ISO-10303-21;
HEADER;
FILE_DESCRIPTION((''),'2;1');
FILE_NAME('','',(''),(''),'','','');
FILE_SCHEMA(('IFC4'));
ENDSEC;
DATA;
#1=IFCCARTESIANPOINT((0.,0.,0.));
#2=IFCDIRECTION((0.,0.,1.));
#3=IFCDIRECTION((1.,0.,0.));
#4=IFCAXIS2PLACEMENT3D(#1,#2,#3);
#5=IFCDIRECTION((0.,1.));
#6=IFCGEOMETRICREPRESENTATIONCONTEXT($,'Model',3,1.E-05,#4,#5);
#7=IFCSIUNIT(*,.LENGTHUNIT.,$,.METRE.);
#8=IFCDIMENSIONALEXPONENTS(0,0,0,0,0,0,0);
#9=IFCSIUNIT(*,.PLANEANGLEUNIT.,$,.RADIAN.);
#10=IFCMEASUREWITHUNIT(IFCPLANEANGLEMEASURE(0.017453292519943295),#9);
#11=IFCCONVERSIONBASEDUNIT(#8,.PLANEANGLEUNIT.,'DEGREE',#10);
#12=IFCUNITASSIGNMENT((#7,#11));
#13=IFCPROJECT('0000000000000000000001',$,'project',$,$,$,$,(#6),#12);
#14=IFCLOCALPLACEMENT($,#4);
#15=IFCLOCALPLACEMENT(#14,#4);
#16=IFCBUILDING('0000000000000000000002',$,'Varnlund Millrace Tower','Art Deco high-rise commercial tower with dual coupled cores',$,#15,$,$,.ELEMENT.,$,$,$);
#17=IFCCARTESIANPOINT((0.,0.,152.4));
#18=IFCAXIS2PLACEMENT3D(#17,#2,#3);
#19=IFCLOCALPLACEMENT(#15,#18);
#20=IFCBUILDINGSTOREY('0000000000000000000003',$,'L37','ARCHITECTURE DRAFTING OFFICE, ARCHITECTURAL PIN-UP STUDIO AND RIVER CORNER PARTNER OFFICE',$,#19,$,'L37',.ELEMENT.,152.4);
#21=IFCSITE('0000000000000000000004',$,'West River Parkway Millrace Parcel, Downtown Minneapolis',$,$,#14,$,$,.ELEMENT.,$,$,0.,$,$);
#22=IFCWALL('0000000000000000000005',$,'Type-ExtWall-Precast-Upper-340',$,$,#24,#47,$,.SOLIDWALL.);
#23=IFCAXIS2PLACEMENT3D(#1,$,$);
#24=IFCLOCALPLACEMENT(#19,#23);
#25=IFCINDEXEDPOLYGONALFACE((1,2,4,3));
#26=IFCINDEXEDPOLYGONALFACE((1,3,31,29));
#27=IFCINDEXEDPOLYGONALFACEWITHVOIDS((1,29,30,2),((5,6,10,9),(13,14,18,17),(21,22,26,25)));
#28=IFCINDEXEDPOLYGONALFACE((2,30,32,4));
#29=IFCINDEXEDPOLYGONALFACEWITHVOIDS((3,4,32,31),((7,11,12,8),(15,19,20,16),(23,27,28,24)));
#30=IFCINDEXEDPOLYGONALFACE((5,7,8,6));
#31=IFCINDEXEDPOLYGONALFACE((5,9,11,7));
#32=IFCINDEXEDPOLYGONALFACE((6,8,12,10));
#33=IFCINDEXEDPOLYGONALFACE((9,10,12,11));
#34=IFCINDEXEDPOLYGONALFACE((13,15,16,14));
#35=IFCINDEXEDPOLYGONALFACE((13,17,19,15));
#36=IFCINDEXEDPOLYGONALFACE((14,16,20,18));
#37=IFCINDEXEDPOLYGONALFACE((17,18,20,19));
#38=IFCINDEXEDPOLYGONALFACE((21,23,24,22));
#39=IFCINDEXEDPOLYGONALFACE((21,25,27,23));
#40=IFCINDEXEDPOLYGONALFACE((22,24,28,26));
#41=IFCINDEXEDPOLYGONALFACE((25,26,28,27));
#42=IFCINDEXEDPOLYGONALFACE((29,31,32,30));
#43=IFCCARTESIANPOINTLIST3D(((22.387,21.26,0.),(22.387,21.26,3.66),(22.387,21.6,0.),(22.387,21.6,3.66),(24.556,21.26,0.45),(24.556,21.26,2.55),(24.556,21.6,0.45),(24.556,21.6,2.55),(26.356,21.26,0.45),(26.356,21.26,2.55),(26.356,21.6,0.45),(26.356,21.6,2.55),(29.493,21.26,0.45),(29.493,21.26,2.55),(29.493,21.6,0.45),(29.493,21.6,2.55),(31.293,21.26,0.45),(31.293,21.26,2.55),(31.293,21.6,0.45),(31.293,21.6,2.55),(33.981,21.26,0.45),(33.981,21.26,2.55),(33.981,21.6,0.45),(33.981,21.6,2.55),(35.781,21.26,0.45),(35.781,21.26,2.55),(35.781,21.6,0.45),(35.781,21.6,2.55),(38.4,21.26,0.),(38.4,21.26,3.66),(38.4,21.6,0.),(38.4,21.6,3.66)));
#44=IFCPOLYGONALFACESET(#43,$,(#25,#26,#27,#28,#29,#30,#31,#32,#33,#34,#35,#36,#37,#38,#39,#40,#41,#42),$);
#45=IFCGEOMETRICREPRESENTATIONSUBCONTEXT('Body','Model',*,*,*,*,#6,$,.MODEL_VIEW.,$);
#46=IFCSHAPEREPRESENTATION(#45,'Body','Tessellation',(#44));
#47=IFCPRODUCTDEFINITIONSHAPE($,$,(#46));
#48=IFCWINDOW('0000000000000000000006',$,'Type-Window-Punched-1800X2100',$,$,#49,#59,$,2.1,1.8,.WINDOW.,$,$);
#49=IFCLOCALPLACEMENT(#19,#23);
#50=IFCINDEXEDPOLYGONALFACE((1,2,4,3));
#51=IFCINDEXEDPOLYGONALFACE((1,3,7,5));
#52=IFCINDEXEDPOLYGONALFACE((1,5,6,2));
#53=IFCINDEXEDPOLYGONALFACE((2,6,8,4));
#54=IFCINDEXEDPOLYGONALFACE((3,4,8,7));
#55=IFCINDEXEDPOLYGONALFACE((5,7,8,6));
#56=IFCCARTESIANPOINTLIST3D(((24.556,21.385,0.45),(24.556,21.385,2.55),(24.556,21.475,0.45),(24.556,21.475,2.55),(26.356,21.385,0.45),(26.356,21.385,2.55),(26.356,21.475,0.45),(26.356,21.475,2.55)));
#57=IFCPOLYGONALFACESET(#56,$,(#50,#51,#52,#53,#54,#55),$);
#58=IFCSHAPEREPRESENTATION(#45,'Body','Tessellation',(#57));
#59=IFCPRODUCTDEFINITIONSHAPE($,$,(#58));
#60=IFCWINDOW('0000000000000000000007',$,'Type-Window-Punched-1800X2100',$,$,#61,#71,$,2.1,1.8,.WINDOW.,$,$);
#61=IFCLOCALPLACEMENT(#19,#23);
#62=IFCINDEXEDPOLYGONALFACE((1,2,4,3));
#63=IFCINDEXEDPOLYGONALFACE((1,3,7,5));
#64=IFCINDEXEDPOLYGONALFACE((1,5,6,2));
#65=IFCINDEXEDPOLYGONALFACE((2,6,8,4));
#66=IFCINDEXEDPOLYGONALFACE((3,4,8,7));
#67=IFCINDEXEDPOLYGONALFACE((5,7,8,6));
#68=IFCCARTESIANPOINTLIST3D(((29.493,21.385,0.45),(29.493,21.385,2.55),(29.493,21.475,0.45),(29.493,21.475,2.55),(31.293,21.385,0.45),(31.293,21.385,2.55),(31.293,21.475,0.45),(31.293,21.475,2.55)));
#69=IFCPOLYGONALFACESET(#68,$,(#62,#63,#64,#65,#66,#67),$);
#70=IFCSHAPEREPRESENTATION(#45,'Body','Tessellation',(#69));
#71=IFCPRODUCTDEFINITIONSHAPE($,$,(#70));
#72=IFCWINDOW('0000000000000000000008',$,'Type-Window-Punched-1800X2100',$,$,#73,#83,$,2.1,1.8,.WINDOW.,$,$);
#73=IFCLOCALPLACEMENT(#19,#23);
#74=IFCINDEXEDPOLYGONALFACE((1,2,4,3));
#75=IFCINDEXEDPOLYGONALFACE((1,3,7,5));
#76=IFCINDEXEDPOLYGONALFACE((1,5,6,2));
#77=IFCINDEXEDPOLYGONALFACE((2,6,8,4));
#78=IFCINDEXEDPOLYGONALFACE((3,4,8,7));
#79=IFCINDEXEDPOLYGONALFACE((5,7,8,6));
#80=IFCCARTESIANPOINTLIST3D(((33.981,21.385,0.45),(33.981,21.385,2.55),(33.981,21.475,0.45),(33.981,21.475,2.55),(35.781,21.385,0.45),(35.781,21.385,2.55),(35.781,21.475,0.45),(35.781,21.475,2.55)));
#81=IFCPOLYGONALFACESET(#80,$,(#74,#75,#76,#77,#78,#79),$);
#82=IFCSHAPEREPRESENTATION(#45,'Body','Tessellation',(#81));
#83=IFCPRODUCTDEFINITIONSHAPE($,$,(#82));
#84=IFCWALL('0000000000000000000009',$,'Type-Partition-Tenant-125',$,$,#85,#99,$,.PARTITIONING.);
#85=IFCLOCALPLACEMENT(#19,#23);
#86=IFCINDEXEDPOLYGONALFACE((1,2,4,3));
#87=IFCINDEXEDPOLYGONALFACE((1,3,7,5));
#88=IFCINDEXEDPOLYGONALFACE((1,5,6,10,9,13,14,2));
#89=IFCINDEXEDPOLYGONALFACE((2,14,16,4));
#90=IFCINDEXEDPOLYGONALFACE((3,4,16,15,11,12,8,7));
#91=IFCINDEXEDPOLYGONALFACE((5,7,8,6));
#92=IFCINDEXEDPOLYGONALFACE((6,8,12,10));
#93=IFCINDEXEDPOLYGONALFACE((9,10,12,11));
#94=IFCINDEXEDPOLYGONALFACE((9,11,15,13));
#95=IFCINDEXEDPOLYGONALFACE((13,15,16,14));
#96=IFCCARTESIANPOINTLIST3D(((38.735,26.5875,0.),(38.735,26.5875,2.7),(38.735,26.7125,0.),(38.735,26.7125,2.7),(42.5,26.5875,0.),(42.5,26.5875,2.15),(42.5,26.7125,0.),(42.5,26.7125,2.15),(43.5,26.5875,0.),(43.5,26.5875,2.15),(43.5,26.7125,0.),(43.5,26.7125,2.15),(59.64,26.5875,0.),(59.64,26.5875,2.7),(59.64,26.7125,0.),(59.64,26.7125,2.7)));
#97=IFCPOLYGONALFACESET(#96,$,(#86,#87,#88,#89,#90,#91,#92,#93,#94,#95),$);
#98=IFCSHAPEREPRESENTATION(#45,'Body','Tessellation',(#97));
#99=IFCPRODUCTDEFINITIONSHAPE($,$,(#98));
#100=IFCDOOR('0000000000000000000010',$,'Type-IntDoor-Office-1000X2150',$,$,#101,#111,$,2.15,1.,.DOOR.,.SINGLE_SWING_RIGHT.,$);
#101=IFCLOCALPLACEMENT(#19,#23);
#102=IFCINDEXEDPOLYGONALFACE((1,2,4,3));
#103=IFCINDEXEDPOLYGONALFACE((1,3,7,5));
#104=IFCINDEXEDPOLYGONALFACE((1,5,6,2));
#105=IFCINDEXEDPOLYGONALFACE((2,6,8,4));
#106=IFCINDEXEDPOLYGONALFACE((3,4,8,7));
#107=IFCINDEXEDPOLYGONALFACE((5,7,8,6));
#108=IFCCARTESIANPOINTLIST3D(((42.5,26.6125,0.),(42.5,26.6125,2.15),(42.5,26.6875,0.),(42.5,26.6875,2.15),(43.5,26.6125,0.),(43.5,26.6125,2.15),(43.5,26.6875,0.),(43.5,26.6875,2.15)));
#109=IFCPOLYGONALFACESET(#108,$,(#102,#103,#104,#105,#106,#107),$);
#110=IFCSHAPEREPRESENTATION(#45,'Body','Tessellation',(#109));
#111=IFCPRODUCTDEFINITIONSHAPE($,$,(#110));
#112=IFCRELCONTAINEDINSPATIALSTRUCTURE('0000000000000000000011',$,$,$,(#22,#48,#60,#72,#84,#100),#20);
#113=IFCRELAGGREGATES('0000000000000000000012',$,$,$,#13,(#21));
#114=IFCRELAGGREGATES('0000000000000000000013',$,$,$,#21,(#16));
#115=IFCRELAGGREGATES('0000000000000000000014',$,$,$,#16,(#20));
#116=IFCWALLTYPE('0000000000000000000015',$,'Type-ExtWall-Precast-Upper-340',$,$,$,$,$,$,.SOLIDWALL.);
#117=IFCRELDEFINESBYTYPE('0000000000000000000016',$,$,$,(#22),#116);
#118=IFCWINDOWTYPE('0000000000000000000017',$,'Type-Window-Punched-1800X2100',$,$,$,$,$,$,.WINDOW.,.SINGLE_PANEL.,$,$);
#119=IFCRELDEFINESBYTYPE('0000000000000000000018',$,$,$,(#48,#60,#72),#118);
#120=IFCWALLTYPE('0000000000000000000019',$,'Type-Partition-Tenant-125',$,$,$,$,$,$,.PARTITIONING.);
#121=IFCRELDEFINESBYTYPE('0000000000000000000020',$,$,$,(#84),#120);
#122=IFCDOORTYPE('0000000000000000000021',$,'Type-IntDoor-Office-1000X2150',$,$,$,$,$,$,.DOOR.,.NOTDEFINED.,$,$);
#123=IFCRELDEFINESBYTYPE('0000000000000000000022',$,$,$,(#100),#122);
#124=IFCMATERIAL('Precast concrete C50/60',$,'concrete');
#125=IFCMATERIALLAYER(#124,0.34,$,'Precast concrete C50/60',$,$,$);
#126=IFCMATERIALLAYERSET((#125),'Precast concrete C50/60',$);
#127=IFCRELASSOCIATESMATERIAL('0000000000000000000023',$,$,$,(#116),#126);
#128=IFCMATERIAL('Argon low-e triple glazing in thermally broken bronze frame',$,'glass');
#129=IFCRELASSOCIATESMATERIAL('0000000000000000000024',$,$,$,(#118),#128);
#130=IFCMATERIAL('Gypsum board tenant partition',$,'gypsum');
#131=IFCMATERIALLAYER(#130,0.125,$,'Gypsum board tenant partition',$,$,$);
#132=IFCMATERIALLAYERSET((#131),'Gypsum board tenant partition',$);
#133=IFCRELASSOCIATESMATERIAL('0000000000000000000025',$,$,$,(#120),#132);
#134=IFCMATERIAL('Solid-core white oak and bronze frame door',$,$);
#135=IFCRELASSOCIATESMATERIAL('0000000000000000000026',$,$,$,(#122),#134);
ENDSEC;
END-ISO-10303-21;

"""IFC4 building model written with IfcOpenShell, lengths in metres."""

from ifc_helpers import new_model, entity, si_unit, converted_unit, direction, frame, origin_with_axes, origin_2d_with_axis, place, context, subcontext, project, spatial, polyline, rectangle, outline, extrude, material, layer, layer_set, type_object, element, fill, save


model = new_model("IFC4")

# Units and contexts
model_context = context("Model", 3, precision=1e-05, world=origin_with_axes(), true_north=direction((0.0, 1.0)))
body_context = subcontext(model_context, "Body", "Model", "MODEL_VIEW")
ifc_project = project(units=[si_unit("LENGTHUNIT", "METRE"), converted_unit("PLANEANGLEUNIT", "DEGREE", entity("IfcPlaneAngleMeasure", 0.017453292519943295), si_unit("PLANEANGLEUNIT", "RADIAN"), dimensions=[0, 0, 0, 0, 0, 0, 0])], contexts=[model_context])

# Site, building, storey
site_placement = place(None, origin_with_axes())
site = spatial("IfcSite", under=ifc_project, at=site_placement, Name="West River Parkway Millrace Parcel, Downtown Minneapolis", CompositionType="ELEMENT", RefElevation=0.0)
building_placement = place(site_placement, origin_with_axes())
building = spatial("IfcBuilding", under=site, at=building_placement, Name="Varnlund Millrace Tower", Description="Art Deco high-rise commercial tower with dual coupled cores", CompositionType="ELEMENT")
storey_placement = place(building_placement, frame((0.0, 0.0, 152.4), z_axis=(0.0, 0.0, 1.0), x_axis=(1.0, 0.0, 0.0)))
storey = spatial("IfcBuildingStorey", under=building, at=storey_placement, Name="L37", Description="ARCHITECTURE DRAFTING OFFICE, ARCHITECTURAL PIN-UP STUDIO AND RIVER CORNER PARTNER OFFICE", LongName="L37", CompositionType="ELEMENT", Elevation=152.4)

# Shared definitions
ifc_material_1 = material(Name="Precast concrete C50/60", Category="concrete")
ifc_layer_1 = layer(ifc_material_1, 0.34, Name="Precast concrete C50/60")
ifc_layer_set_1 = layer_set([ifc_layer_1], Name="Precast concrete C50/60")
wall_type_1 = type_object("IfcWallType", Name="Type-ExtWall-Precast-Upper-340", PredefinedType="SOLIDWALL", material=ifc_layer_set_1)
ifc_material_2 = material(Name="Argon low-e triple glazing in thermally broken bronze frame", Category="glass")
window_type_1 = type_object("IfcWindowType", Name="Type-Window-Punched-1800X2100", PartitioningType="SINGLE_PANEL", PredefinedType="WINDOW", material=ifc_material_2)

# Wall, openings, windows
wall_1_placement = place(storey_placement, frame((22.387, 21.43, 0.0), z_axis=(0.0, 0.0, 1.0), x_axis=(1.0, 0.0, 0.0)))
wall_1 = element("IfcWall", 1, at=wall_1_placement, inside=storey, type_object=wall_type_1, Name="Type-ExtWall-Precast-Upper-340", PredefinedType="SOLIDWALL", context=body_context, shape_type="SweptSolid", body=[
    extrude(outline(polyline([(0.0, -0.17), (16.013, -0.17), (16.013, 0.17), (0.0, 0.17), (0.0, -0.17)])), origin_with_axes(), (0.0, 0.0, 1.0), 3.66),
])
opening_1_placement = place(wall_1_placement, frame((3.069, 0.0, 0.45), z_axis=(0.0, 0.0, 1.0), x_axis=(1.0, 0.0, 0.0)))
opening_1 = element("IfcOpeningElement", 2, at=opening_1_placement, cuts=wall_1, PredefinedType="OPENING", context=body_context, shape_type="SweptSolid", body=[
    extrude(rectangle(XDim=1.8, YDim=0.36, at=origin_2d_with_axis()), origin_with_axes(), (0.0, 0.0, 1.0), 2.1),
])
opening_2_placement = place(wall_1_placement, frame((8.006, 0.0, 0.45), z_axis=(0.0, 0.0, 1.0), x_axis=(1.0, 0.0, 0.0)))
opening_2 = element("IfcOpeningElement", 3, at=opening_2_placement, cuts=wall_1, PredefinedType="OPENING", context=body_context, shape_type="SweptSolid", body=[
    extrude(rectangle(XDim=1.8, YDim=0.36, at=origin_2d_with_axis()), origin_with_axes(), (0.0, 0.0, 1.0), 2.1),
])
opening_3_placement = place(wall_1_placement, frame((12.494, 0.0, 0.45), z_axis=(0.0, 0.0, 1.0), x_axis=(1.0, 0.0, 0.0)))
opening_3 = element("IfcOpeningElement", 4, at=opening_3_placement, cuts=wall_1, PredefinedType="OPENING", context=body_context, shape_type="SweptSolid", body=[
    extrude(rectangle(XDim=1.8, YDim=0.36, at=origin_2d_with_axis()), origin_with_axes(), (0.0, 0.0, 1.0), 2.1),
])
window_1_placement = place(wall_1_placement, frame((3.069, 0.0, 0.45), z_axis=(0.0, 0.0, 1.0), x_axis=(1.0, 0.0, 0.0)))
window_1 = element("IfcWindow", 5, at=window_1_placement, inside=storey, type_object=window_type_1, Name="Type-Window-Punched-1800X2100", OverallHeight=2.1, OverallWidth=1.8, PredefinedType="WINDOW", context=body_context, shape_type="SweptSolid", body=[
    extrude(rectangle(XDim=1.8, YDim=0.09, at=origin_2d_with_axis()), origin_with_axes(), (0.0, 0.0, 1.0), 2.1),
])
fill(opening_1, window_1)
window_2_placement = place(wall_1_placement, frame((8.006, 0.0, 0.45), z_axis=(0.0, 0.0, 1.0), x_axis=(1.0, 0.0, 0.0)))
window_2 = element("IfcWindow", 6, at=window_2_placement, inside=storey, type_object=window_type_1, Name="Type-Window-Punched-1800X2100", OverallHeight=2.1, OverallWidth=1.8, PredefinedType="WINDOW", context=body_context, shape_type="SweptSolid", body=[
    extrude(rectangle(XDim=1.8, YDim=0.09, at=origin_2d_with_axis()), origin_with_axes(), (0.0, 0.0, 1.0), 2.1),
])
fill(opening_2, window_2)
window_3_placement = place(wall_1_placement, frame((12.494, 0.0, 0.45), z_axis=(0.0, 0.0, 1.0), x_axis=(1.0, 0.0, 0.0)))
window_3 = element("IfcWindow", 7, at=window_3_placement, inside=storey, type_object=window_type_1, Name="Type-Window-Punched-1800X2100", OverallHeight=2.1, OverallWidth=1.8, PredefinedType="WINDOW", context=body_context, shape_type="SweptSolid", body=[
    extrude(rectangle(XDim=1.8, YDim=0.09, at=origin_2d_with_axis()), origin_with_axes(), (0.0, 0.0, 1.0), 2.1),
])
fill(opening_3, window_3)

# Wall, opening, door
ifc_material_3 = material(Name="Gypsum board tenant partition", Category="gypsum")
ifc_layer_2 = layer(ifc_material_3, 0.125, Name="Gypsum board tenant partition")
ifc_layer_set_2 = layer_set([ifc_layer_2], Name="Gypsum board tenant partition")
wall_type_2 = type_object("IfcWallType", Name="Type-Partition-Tenant-125", PredefinedType="PARTITIONING", material=ifc_layer_set_2)
wall_2_placement = place(storey_placement, frame((38.735, 26.65, 0.0), z_axis=(0.0, 0.0, 1.0), x_axis=(1.0, 0.0, 0.0)))
wall_2 = element("IfcWall", 8, at=wall_2_placement, inside=storey, type_object=wall_type_2, Name="Type-Partition-Tenant-125", PredefinedType="PARTITIONING", context=body_context, shape_type="SweptSolid", body=[
    extrude(outline(polyline([(0.0, -0.0625), (20.905, -0.0625), (20.905, 0.0625), (0.0, 0.0625), (0.0, -0.0625)])), origin_with_axes(), (0.0, 0.0, 1.0), 2.7),
])
opening_4_placement = place(wall_2_placement, frame((4.265, 0.0, 0.0), z_axis=(0.0, 0.0, 1.0), x_axis=(1.0, 0.0, 0.0)))
opening_4 = element("IfcOpeningElement", 9, at=opening_4_placement, cuts=wall_2, PredefinedType="OPENING", context=body_context, shape_type="SweptSolid", body=[
    extrude(rectangle(XDim=1.0, YDim=0.145, at=origin_2d_with_axis()), origin_with_axes(), (0.0, 0.0, 1.0), 2.15),
])
ifc_material_4 = material(Name="Solid-core white oak and bronze frame door")
door_type = type_object("IfcDoorType", Name="Type-IntDoor-Office-1000X2150", OperationType="NOTDEFINED", PredefinedType="DOOR", material=ifc_material_4)
door_placement = place(wall_2_placement, frame((4.265, 0.0, 0.0), z_axis=(0.0, 0.0, 1.0), x_axis=(1.0, 0.0, 0.0)))
door = element("IfcDoor", 10, at=door_placement, inside=storey, type_object=door_type, Name="Type-IntDoor-Office-1000X2150", OperationType="SINGLE_SWING_RIGHT", OverallHeight=2.15, OverallWidth=1.0, PredefinedType="DOOR", context=body_context, shape_type="SweptSolid", body=[
    extrude(rectangle(XDim=1.0, YDim=0.075, at=origin_2d_with_axis()), origin_with_axes(), (0.0, 0.0, 1.0), 2.15),
])
fill(opening_4, door)

save(model, "model.ifc")
